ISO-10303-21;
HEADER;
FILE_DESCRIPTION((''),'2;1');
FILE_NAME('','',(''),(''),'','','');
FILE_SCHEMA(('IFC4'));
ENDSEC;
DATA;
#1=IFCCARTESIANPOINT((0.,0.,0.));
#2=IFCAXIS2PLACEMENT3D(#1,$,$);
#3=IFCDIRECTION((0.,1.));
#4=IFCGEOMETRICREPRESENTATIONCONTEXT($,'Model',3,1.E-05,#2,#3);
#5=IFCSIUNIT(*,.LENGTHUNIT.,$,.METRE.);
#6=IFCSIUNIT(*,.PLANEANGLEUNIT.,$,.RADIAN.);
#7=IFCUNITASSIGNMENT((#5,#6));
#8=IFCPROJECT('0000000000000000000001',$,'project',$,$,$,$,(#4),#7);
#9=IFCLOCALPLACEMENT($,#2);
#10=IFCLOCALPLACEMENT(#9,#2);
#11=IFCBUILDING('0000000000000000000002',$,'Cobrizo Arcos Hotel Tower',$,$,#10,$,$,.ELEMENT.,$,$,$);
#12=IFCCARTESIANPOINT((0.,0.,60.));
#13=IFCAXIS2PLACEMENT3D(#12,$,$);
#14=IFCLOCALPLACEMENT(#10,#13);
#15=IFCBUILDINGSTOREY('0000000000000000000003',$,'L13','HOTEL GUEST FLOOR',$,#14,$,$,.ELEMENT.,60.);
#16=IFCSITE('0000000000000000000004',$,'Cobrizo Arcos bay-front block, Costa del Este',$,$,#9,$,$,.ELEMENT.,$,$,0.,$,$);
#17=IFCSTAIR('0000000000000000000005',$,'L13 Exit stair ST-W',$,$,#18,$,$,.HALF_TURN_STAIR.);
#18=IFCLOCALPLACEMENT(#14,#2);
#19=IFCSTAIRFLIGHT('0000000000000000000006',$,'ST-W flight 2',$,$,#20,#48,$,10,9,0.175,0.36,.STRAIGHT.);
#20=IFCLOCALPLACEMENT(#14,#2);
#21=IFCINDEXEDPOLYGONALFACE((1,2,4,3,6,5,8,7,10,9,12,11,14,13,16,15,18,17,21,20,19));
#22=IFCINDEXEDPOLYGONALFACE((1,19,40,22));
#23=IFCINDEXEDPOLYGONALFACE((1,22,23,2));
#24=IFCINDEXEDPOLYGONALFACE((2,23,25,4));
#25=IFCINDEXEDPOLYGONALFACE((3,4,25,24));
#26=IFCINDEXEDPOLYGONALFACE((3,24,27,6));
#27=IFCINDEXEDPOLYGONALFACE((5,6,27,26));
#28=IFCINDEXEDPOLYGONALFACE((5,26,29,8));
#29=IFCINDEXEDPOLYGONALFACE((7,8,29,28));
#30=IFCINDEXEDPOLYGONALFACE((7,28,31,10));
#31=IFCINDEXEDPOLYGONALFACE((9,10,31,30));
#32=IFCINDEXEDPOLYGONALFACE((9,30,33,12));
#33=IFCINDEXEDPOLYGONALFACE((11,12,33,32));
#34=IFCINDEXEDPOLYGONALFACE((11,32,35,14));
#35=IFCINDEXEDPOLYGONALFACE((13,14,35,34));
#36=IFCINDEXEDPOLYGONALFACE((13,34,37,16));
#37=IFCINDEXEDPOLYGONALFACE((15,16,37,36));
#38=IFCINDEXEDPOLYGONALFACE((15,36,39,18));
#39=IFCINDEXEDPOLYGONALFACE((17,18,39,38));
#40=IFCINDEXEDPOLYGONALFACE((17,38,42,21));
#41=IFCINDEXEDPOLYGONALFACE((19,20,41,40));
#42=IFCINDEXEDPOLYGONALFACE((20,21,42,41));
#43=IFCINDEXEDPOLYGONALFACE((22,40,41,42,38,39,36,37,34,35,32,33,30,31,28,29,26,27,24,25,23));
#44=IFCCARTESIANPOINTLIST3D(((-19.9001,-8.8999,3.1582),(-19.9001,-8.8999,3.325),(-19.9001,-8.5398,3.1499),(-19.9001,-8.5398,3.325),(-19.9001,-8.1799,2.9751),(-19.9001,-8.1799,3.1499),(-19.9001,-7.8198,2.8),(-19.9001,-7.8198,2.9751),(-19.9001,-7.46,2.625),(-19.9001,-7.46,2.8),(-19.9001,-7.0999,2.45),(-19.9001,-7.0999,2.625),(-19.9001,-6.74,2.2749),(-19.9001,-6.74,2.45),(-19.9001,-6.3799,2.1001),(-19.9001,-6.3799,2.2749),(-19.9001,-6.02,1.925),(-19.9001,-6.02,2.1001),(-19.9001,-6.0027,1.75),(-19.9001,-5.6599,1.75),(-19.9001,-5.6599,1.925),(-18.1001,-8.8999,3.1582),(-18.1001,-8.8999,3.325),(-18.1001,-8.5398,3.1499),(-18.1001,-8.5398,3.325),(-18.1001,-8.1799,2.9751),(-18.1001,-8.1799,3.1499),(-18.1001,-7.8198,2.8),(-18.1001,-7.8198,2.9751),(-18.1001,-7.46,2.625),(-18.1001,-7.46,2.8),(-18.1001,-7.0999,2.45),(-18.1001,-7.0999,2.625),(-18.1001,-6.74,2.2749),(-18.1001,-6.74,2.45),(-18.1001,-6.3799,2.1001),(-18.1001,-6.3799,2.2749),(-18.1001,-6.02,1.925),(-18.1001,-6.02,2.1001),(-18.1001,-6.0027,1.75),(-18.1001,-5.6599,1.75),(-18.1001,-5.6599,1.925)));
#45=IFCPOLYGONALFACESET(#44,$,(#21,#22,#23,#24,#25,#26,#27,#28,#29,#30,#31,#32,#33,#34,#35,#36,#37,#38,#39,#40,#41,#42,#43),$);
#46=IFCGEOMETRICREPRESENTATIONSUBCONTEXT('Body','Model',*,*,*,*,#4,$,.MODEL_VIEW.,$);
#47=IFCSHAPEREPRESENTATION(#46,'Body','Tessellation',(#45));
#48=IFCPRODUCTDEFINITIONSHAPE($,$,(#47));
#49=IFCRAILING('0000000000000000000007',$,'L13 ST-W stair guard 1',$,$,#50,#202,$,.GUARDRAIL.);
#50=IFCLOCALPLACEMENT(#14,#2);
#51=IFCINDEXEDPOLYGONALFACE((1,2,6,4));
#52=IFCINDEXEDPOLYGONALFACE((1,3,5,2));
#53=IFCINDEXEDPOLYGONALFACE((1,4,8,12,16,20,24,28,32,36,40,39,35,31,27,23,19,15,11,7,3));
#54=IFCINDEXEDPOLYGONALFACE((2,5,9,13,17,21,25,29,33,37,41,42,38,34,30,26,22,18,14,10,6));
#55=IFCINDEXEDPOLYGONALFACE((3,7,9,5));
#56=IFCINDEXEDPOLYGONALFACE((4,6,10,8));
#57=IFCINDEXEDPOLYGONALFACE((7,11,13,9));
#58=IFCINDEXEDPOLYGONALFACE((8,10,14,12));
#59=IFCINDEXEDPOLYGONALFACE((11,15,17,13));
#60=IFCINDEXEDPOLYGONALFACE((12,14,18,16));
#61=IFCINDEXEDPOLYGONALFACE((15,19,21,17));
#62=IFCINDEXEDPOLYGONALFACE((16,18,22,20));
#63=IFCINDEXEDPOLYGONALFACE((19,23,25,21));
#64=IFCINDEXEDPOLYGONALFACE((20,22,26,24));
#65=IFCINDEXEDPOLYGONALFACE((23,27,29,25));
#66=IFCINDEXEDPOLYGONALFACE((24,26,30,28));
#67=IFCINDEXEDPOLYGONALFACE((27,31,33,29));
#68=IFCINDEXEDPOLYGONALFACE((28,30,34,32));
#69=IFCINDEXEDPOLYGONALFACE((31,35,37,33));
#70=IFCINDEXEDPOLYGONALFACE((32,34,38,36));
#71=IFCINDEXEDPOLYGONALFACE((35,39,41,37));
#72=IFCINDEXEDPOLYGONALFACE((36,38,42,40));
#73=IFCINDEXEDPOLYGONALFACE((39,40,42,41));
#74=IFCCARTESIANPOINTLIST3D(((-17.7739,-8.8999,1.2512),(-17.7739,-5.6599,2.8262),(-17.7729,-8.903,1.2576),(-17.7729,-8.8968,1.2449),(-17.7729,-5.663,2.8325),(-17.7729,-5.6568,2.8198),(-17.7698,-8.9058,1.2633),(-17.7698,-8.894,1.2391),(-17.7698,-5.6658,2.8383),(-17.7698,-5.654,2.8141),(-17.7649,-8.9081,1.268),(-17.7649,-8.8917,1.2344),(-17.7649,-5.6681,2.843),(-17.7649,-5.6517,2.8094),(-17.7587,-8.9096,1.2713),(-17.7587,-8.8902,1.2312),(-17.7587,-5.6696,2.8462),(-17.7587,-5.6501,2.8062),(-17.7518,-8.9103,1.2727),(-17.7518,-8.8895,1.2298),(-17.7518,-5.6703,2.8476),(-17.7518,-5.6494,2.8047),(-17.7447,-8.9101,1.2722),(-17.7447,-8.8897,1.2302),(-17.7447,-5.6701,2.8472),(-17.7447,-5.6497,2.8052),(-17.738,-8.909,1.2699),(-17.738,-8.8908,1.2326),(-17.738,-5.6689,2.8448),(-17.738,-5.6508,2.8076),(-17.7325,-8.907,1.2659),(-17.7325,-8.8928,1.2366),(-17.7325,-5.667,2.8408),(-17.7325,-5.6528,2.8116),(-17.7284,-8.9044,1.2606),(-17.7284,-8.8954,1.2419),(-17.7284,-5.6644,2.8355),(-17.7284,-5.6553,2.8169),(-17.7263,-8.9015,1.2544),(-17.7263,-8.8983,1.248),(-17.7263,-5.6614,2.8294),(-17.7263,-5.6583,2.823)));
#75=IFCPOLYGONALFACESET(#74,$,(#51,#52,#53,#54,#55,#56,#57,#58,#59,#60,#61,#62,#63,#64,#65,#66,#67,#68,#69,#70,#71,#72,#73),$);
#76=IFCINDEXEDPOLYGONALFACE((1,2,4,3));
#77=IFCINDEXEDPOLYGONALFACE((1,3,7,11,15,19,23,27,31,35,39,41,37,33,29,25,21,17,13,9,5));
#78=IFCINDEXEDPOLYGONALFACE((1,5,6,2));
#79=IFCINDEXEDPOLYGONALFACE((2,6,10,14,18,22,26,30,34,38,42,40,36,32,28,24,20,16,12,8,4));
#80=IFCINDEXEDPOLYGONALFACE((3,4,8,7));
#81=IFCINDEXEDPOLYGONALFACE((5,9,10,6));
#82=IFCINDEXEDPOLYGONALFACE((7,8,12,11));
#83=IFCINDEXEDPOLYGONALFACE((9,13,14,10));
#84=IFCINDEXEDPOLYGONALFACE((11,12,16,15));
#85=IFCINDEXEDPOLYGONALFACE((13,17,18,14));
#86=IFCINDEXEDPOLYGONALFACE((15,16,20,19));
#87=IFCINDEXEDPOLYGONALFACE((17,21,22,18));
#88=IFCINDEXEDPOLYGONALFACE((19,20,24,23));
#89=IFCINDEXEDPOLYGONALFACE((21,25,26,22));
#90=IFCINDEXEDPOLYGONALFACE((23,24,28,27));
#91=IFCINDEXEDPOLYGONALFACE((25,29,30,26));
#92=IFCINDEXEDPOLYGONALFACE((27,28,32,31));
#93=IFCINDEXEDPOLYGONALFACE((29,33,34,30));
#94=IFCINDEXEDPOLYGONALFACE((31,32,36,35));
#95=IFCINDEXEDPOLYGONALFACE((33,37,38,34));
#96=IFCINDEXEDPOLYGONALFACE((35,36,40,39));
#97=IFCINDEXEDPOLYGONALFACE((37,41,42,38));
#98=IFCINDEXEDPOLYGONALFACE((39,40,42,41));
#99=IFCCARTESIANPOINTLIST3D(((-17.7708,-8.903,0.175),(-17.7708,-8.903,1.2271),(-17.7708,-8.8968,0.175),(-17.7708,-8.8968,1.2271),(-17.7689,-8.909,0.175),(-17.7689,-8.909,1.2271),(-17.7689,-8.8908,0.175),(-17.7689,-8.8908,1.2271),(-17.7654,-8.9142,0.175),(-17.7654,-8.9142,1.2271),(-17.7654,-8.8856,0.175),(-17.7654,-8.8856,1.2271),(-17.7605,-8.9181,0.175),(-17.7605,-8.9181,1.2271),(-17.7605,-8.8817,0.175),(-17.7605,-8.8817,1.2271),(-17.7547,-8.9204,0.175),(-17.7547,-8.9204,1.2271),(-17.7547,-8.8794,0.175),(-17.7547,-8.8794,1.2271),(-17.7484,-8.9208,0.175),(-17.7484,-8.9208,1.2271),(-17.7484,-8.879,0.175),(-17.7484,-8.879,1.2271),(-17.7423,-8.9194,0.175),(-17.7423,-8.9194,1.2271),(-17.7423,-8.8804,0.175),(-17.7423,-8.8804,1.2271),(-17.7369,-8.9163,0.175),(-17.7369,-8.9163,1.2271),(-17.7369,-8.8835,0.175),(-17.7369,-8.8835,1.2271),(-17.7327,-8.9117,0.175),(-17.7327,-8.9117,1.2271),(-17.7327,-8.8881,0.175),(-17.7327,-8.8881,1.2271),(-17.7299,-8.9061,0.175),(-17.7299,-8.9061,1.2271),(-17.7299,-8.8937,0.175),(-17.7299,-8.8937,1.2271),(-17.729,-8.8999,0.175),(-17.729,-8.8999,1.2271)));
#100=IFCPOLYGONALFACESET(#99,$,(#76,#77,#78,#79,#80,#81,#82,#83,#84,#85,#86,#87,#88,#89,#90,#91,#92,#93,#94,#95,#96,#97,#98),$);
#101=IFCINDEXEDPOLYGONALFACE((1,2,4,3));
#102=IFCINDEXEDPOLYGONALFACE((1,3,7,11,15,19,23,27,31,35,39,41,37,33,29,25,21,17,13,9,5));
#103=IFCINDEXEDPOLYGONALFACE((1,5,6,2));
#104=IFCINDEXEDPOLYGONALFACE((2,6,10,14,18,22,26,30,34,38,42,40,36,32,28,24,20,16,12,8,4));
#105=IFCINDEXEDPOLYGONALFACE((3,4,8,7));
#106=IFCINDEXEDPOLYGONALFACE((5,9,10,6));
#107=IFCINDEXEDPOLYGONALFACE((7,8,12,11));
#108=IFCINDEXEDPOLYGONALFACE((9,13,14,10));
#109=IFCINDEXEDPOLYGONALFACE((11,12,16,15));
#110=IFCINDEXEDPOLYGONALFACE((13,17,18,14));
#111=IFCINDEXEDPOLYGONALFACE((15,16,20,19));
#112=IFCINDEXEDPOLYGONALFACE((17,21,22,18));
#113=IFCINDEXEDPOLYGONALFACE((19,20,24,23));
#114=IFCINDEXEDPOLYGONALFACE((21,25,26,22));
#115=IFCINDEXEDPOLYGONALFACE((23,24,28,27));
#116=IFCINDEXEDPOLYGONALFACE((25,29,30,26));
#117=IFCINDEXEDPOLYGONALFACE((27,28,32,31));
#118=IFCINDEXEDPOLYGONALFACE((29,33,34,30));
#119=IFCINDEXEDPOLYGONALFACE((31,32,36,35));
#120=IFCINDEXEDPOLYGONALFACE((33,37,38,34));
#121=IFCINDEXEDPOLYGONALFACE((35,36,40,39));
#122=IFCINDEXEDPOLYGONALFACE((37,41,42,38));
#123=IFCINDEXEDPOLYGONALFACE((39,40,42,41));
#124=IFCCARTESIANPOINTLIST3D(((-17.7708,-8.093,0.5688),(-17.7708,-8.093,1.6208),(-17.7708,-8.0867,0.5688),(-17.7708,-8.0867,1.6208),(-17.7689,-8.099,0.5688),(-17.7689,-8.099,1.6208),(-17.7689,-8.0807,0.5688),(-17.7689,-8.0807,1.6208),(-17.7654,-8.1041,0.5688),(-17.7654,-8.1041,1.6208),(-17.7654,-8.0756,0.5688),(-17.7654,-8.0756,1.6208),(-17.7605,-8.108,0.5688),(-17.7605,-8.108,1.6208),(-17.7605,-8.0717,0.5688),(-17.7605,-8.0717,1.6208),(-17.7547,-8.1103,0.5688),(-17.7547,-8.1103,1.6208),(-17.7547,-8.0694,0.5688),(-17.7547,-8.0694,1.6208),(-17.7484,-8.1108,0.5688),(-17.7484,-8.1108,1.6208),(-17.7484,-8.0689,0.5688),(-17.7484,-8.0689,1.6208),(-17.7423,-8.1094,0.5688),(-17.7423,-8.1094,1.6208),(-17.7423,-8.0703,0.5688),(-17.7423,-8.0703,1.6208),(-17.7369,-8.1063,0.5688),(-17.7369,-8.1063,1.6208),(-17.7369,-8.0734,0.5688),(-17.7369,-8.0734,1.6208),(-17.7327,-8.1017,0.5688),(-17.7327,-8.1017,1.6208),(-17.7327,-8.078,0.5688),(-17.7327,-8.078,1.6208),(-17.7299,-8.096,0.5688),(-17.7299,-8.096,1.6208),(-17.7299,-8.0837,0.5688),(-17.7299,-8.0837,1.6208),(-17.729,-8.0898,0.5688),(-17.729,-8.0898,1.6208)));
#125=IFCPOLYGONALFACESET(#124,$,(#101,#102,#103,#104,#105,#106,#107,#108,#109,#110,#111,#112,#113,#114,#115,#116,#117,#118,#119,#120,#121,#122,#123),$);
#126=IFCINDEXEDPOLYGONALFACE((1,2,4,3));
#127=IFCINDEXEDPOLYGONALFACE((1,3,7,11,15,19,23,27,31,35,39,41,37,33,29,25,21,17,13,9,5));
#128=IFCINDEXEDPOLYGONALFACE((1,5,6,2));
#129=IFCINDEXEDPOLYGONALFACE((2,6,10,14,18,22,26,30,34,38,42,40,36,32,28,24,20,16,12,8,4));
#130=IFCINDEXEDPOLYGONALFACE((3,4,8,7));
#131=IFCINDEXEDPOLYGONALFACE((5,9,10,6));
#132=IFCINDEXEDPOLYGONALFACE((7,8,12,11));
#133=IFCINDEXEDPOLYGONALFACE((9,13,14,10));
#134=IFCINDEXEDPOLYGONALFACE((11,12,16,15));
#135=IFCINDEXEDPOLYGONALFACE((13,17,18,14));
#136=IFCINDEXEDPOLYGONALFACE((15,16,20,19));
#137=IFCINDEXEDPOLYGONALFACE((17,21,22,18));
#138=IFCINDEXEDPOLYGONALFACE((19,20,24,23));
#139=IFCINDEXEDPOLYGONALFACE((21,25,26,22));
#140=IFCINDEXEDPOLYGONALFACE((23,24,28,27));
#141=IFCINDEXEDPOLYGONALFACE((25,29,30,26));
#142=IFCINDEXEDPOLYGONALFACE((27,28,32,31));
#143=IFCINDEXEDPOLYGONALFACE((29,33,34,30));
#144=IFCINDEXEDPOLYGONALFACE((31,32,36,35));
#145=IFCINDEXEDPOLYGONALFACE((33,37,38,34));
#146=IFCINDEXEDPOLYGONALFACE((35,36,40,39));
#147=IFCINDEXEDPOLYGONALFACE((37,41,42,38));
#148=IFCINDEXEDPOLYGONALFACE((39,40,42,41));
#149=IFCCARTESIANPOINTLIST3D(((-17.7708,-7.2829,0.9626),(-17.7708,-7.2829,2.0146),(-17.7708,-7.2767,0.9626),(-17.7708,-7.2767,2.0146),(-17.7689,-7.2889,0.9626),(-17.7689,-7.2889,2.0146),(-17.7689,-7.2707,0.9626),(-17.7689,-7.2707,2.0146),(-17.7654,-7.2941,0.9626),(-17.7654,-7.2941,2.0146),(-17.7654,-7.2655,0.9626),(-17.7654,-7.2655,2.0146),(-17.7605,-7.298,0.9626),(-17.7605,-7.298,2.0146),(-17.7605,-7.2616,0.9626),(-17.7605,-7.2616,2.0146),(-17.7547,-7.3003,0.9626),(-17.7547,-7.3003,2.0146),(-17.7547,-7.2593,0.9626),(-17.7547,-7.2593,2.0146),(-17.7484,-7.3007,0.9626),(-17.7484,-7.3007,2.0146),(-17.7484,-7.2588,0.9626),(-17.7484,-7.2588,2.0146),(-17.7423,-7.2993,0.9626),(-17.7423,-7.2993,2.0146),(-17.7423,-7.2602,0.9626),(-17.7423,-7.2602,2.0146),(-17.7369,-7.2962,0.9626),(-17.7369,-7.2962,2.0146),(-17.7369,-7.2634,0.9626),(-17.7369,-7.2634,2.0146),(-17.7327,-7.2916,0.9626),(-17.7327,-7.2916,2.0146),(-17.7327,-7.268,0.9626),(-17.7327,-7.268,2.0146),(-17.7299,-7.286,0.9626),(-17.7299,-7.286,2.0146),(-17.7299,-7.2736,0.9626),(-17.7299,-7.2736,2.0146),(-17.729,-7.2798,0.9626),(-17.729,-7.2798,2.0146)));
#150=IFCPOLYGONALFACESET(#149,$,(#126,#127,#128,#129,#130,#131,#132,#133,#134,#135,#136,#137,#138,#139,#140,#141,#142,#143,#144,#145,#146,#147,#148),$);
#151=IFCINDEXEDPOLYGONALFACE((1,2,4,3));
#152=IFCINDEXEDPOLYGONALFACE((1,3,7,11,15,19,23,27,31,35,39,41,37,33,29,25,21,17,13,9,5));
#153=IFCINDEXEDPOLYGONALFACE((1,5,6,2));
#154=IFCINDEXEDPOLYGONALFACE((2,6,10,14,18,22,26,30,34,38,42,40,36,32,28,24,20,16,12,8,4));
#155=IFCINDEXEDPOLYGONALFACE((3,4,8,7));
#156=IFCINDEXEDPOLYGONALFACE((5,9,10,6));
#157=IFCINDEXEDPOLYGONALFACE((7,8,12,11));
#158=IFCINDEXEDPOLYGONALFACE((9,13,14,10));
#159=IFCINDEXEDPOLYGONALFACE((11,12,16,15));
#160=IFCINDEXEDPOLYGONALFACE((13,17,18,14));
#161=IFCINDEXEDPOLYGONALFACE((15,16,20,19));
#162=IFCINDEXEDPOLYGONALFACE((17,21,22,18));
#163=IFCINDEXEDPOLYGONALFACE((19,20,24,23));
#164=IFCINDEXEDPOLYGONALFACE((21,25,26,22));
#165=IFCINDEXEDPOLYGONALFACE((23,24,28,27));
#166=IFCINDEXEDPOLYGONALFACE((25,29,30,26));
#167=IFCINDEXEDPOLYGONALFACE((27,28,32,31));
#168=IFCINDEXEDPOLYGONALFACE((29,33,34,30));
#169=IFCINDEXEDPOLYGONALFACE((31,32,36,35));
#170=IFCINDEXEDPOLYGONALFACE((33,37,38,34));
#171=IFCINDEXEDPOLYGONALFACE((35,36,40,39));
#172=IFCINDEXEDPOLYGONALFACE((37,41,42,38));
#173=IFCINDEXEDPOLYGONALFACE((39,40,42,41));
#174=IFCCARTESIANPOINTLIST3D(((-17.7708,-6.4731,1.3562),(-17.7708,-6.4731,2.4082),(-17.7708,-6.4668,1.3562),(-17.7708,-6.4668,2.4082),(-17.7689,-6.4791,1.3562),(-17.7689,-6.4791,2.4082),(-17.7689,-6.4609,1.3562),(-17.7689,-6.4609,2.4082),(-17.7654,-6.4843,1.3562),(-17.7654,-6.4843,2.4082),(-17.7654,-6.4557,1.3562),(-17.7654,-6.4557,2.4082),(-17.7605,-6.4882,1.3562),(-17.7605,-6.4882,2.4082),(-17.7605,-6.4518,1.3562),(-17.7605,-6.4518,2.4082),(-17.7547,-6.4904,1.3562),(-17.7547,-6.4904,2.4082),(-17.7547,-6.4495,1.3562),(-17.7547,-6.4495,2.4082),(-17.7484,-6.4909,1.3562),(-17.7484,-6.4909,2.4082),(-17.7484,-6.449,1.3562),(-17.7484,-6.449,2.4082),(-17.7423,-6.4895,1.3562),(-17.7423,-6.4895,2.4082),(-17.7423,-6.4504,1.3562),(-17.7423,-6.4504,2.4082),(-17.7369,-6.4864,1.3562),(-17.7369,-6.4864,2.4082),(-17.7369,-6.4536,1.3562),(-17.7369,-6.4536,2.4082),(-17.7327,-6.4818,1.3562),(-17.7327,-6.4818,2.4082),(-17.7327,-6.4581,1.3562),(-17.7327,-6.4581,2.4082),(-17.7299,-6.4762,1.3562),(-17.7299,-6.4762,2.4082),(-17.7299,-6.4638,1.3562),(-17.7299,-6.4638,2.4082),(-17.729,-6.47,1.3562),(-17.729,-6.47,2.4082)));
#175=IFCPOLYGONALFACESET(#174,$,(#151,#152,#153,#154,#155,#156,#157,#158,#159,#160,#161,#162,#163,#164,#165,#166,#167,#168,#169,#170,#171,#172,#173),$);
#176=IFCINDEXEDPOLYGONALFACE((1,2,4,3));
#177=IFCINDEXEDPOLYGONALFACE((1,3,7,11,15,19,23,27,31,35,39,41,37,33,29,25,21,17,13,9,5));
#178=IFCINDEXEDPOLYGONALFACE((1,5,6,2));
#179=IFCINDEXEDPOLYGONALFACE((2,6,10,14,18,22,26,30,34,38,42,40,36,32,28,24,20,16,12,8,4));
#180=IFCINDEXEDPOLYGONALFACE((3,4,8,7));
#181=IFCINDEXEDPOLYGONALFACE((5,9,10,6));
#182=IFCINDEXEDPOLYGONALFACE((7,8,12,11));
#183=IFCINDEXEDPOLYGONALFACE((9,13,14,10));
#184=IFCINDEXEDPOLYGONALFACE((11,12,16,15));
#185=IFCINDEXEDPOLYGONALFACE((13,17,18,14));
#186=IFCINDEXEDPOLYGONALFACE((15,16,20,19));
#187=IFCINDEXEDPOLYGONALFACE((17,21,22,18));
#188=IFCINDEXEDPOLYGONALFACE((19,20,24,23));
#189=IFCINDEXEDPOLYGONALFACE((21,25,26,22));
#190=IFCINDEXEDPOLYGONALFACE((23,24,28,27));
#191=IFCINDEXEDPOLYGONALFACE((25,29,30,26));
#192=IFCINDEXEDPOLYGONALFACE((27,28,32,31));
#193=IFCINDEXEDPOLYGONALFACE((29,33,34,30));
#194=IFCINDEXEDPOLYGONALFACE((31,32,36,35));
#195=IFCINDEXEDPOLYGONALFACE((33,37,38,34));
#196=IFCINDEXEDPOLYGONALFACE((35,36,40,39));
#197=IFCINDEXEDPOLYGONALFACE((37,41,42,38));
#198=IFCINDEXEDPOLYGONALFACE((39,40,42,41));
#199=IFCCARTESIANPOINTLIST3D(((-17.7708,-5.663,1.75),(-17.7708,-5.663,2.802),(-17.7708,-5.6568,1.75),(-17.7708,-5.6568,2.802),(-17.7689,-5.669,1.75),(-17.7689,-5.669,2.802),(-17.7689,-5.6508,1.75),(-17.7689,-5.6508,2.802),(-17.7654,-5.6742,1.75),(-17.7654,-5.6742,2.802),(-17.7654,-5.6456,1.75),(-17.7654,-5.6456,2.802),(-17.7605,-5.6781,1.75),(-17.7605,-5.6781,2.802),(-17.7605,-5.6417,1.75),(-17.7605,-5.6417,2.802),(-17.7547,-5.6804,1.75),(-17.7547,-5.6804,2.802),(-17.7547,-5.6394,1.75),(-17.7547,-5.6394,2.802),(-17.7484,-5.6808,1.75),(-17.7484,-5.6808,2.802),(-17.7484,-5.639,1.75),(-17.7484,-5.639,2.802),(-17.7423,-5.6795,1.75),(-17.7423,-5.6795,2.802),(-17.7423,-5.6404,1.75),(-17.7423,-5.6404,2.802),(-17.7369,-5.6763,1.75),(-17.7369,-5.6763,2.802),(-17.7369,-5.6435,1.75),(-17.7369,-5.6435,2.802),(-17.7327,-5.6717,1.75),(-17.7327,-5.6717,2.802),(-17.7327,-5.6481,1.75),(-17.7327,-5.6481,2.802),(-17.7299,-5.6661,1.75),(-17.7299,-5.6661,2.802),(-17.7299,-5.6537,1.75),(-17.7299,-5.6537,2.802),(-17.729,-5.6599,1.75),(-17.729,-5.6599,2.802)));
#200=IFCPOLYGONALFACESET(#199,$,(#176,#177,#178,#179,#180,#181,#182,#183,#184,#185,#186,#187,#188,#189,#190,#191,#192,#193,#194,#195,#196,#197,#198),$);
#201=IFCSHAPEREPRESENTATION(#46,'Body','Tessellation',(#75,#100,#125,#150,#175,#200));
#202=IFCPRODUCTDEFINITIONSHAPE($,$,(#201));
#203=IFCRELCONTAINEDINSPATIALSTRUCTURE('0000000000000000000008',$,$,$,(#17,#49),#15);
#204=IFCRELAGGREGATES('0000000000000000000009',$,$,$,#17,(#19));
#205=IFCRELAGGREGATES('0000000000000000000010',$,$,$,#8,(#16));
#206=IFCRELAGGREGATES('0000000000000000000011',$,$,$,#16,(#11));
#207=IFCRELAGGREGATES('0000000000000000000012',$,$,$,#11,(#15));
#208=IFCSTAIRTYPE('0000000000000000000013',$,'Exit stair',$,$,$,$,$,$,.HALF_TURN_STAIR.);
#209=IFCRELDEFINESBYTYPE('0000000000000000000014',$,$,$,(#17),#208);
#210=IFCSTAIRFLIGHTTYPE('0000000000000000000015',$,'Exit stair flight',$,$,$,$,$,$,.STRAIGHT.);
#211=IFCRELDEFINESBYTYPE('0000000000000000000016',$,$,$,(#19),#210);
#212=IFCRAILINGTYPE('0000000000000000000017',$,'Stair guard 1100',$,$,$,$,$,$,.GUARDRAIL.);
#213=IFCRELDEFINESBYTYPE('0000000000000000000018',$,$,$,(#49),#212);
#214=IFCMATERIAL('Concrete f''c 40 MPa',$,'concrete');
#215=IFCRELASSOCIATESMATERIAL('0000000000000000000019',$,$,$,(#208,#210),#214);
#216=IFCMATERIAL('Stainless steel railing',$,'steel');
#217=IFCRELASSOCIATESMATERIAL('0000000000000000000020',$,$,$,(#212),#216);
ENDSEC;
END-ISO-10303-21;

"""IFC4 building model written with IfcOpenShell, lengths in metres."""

from ifc_helpers import new_model, si_unit, direction, frame, origin, origin_2d, place, context, subcontext, project, spatial, polyline, circle, outline, extrude, material, type_object, element, aggregate, save


model = new_model("IFC4")

# Units and contexts
model_context = context("Model", 3, precision=1e-05, world=origin(), true_north=direction((0.0, 1.0)))
body_context = subcontext(model_context, "Body", "Model", "MODEL_VIEW")
ifc_project = project(units=[si_unit("LENGTHUNIT", "METRE"), si_unit("PLANEANGLEUNIT", "RADIAN")], contexts=[model_context])

# Site, building, storey
site_placement = place(None, origin())
site = spatial("IfcSite", under=ifc_project, at=site_placement, Name="Cobrizo Arcos bay-front block, Costa del Este", CompositionType="ELEMENT", RefElevation=0.0)
building_placement = place(site_placement, origin())
building = spatial("IfcBuilding", under=site, at=building_placement, Name="Cobrizo Arcos Hotel Tower", CompositionType="ELEMENT")
storey_placement = place(building_placement, frame((0.0, 0.0, 60.0)))
storey = spatial("IfcBuildingStorey", under=building, at=storey_placement, Name="L13", Description="HOTEL GUEST FLOOR", CompositionType="ELEMENT", Elevation=60.0)

# Shared definitions
ifc_material_1 = material(Name="Concrete f'c 40 MPa", Category="concrete")

# Stair, stair flight
stair_type = type_object("IfcStairType", Name="Exit stair", PredefinedType="HALF_TURN_STAIR", material=ifc_material_1)
stair_placement = place(storey_placement, origin())
stair = element("IfcStair", 1, at=stair_placement, inside=storey, type_object=stair_type, Name="L13 Exit stair ST-W", PredefinedType="HALF_TURN_STAIR")
stair_flight_type = type_object("IfcStairFlightType", Name="Exit stair flight", PredefinedType="STRAIGHT", material=ifc_material_1)
stair_flight_1_placement = place(storey_placement, frame((-19.0, -5.6599, 1.75), z_axis=(0.0, 0.0, 1.0), x_axis=(0.0, -1.0, 0.0)))
stair_flight_1 = element("IfcStairFlight", 2, at=stair_flight_1_placement, type_object=stair_flight_type, Name="ST-W flight 2", NumberOfRisers=10, NumberOfTreads=9, PredefinedType="STRAIGHT", RiserHeight=0.175, TreadLength=0.36, context=body_context, shape_type="SweptSolid", body=[
    extrude(outline(polyline([(0.0, 0.0), (0.0, 0.175), (0.3601, 0.175), (0.3601, 0.3501), (0.72, 0.3501), (0.72, 0.5249), (1.0801, 0.5249), (1.0801, 0.7), (1.4399, 0.7), (1.4399, 0.875), (1.8, 0.875), (1.8, 1.05), (2.1599, 1.05), (2.1599, 1.2251), (2.52, 1.2251), (2.52, 1.3999), (2.8799, 1.3999), (2.8799, 1.575), (3.24, 1.575), (3.24, 1.75), (3.24, 1.4082), (0.3428, 0.0), (0.0, 0.0)])), frame((0.0, 0.8999, 0.0), z_axis=(0.0, -1.0, 0.0), x_axis=(1.0, 0.0, 0.0)), (0.0, 0.0, 1.0), 1.8),
])
aggregate(stair, [stair_flight_1])

# Railing
ifc_material_2 = material(Name="Stainless steel railing", Category="steel")
railing_type_1 = type_object("IfcRailingType", Name="Stair guard 1100", PredefinedType="GUARDRAIL", material=ifc_material_2)
railing_1_placement = place(storey_placement, frame((-17.75, -8.8999, 0.175)))
element("IfcRailing", 3, at=railing_1_placement, inside=storey, type_object=railing_type_1, Name="L13 ST-W stair guard 1", PredefinedType="GUARDRAIL", context=body_context, shape_type="SweptSolid", body=[
    extrude(circle(Radius=0.0239, at=origin_2d()), frame((0.0, 0.0, 1.0762), z_axis=(0.0, 0.899373, 0.437183), x_axis=(-1.0, 0.0, 0.0)), (0.0, 0.0, 1.0), 3.6025),
    extrude(circle(Radius=0.021, at=origin_2d()), origin(), (0.0, 0.0, 1.0), 1.052),
    extrude(circle(Radius=0.021, at=origin_2d()), frame((0.0, 0.8101, 0.3938)), (0.0, 0.0, 1.0), 1.052),
    extrude(circle(Radius=0.021, at=origin_2d()), frame((0.0, 1.6201, 0.7876)), (0.0, 0.0, 1.0), 1.052),
    extrude(circle(Radius=0.021, at=origin_2d()), frame((0.0, 2.4299, 1.1812)), (0.0, 0.0, 1.0), 1.052),
    extrude(circle(Radius=0.021, at=origin_2d()), frame((0.0, 3.24, 1.575)), (0.0, 0.0, 1.0), 1.052),
])

save(model, "model.ifc")
